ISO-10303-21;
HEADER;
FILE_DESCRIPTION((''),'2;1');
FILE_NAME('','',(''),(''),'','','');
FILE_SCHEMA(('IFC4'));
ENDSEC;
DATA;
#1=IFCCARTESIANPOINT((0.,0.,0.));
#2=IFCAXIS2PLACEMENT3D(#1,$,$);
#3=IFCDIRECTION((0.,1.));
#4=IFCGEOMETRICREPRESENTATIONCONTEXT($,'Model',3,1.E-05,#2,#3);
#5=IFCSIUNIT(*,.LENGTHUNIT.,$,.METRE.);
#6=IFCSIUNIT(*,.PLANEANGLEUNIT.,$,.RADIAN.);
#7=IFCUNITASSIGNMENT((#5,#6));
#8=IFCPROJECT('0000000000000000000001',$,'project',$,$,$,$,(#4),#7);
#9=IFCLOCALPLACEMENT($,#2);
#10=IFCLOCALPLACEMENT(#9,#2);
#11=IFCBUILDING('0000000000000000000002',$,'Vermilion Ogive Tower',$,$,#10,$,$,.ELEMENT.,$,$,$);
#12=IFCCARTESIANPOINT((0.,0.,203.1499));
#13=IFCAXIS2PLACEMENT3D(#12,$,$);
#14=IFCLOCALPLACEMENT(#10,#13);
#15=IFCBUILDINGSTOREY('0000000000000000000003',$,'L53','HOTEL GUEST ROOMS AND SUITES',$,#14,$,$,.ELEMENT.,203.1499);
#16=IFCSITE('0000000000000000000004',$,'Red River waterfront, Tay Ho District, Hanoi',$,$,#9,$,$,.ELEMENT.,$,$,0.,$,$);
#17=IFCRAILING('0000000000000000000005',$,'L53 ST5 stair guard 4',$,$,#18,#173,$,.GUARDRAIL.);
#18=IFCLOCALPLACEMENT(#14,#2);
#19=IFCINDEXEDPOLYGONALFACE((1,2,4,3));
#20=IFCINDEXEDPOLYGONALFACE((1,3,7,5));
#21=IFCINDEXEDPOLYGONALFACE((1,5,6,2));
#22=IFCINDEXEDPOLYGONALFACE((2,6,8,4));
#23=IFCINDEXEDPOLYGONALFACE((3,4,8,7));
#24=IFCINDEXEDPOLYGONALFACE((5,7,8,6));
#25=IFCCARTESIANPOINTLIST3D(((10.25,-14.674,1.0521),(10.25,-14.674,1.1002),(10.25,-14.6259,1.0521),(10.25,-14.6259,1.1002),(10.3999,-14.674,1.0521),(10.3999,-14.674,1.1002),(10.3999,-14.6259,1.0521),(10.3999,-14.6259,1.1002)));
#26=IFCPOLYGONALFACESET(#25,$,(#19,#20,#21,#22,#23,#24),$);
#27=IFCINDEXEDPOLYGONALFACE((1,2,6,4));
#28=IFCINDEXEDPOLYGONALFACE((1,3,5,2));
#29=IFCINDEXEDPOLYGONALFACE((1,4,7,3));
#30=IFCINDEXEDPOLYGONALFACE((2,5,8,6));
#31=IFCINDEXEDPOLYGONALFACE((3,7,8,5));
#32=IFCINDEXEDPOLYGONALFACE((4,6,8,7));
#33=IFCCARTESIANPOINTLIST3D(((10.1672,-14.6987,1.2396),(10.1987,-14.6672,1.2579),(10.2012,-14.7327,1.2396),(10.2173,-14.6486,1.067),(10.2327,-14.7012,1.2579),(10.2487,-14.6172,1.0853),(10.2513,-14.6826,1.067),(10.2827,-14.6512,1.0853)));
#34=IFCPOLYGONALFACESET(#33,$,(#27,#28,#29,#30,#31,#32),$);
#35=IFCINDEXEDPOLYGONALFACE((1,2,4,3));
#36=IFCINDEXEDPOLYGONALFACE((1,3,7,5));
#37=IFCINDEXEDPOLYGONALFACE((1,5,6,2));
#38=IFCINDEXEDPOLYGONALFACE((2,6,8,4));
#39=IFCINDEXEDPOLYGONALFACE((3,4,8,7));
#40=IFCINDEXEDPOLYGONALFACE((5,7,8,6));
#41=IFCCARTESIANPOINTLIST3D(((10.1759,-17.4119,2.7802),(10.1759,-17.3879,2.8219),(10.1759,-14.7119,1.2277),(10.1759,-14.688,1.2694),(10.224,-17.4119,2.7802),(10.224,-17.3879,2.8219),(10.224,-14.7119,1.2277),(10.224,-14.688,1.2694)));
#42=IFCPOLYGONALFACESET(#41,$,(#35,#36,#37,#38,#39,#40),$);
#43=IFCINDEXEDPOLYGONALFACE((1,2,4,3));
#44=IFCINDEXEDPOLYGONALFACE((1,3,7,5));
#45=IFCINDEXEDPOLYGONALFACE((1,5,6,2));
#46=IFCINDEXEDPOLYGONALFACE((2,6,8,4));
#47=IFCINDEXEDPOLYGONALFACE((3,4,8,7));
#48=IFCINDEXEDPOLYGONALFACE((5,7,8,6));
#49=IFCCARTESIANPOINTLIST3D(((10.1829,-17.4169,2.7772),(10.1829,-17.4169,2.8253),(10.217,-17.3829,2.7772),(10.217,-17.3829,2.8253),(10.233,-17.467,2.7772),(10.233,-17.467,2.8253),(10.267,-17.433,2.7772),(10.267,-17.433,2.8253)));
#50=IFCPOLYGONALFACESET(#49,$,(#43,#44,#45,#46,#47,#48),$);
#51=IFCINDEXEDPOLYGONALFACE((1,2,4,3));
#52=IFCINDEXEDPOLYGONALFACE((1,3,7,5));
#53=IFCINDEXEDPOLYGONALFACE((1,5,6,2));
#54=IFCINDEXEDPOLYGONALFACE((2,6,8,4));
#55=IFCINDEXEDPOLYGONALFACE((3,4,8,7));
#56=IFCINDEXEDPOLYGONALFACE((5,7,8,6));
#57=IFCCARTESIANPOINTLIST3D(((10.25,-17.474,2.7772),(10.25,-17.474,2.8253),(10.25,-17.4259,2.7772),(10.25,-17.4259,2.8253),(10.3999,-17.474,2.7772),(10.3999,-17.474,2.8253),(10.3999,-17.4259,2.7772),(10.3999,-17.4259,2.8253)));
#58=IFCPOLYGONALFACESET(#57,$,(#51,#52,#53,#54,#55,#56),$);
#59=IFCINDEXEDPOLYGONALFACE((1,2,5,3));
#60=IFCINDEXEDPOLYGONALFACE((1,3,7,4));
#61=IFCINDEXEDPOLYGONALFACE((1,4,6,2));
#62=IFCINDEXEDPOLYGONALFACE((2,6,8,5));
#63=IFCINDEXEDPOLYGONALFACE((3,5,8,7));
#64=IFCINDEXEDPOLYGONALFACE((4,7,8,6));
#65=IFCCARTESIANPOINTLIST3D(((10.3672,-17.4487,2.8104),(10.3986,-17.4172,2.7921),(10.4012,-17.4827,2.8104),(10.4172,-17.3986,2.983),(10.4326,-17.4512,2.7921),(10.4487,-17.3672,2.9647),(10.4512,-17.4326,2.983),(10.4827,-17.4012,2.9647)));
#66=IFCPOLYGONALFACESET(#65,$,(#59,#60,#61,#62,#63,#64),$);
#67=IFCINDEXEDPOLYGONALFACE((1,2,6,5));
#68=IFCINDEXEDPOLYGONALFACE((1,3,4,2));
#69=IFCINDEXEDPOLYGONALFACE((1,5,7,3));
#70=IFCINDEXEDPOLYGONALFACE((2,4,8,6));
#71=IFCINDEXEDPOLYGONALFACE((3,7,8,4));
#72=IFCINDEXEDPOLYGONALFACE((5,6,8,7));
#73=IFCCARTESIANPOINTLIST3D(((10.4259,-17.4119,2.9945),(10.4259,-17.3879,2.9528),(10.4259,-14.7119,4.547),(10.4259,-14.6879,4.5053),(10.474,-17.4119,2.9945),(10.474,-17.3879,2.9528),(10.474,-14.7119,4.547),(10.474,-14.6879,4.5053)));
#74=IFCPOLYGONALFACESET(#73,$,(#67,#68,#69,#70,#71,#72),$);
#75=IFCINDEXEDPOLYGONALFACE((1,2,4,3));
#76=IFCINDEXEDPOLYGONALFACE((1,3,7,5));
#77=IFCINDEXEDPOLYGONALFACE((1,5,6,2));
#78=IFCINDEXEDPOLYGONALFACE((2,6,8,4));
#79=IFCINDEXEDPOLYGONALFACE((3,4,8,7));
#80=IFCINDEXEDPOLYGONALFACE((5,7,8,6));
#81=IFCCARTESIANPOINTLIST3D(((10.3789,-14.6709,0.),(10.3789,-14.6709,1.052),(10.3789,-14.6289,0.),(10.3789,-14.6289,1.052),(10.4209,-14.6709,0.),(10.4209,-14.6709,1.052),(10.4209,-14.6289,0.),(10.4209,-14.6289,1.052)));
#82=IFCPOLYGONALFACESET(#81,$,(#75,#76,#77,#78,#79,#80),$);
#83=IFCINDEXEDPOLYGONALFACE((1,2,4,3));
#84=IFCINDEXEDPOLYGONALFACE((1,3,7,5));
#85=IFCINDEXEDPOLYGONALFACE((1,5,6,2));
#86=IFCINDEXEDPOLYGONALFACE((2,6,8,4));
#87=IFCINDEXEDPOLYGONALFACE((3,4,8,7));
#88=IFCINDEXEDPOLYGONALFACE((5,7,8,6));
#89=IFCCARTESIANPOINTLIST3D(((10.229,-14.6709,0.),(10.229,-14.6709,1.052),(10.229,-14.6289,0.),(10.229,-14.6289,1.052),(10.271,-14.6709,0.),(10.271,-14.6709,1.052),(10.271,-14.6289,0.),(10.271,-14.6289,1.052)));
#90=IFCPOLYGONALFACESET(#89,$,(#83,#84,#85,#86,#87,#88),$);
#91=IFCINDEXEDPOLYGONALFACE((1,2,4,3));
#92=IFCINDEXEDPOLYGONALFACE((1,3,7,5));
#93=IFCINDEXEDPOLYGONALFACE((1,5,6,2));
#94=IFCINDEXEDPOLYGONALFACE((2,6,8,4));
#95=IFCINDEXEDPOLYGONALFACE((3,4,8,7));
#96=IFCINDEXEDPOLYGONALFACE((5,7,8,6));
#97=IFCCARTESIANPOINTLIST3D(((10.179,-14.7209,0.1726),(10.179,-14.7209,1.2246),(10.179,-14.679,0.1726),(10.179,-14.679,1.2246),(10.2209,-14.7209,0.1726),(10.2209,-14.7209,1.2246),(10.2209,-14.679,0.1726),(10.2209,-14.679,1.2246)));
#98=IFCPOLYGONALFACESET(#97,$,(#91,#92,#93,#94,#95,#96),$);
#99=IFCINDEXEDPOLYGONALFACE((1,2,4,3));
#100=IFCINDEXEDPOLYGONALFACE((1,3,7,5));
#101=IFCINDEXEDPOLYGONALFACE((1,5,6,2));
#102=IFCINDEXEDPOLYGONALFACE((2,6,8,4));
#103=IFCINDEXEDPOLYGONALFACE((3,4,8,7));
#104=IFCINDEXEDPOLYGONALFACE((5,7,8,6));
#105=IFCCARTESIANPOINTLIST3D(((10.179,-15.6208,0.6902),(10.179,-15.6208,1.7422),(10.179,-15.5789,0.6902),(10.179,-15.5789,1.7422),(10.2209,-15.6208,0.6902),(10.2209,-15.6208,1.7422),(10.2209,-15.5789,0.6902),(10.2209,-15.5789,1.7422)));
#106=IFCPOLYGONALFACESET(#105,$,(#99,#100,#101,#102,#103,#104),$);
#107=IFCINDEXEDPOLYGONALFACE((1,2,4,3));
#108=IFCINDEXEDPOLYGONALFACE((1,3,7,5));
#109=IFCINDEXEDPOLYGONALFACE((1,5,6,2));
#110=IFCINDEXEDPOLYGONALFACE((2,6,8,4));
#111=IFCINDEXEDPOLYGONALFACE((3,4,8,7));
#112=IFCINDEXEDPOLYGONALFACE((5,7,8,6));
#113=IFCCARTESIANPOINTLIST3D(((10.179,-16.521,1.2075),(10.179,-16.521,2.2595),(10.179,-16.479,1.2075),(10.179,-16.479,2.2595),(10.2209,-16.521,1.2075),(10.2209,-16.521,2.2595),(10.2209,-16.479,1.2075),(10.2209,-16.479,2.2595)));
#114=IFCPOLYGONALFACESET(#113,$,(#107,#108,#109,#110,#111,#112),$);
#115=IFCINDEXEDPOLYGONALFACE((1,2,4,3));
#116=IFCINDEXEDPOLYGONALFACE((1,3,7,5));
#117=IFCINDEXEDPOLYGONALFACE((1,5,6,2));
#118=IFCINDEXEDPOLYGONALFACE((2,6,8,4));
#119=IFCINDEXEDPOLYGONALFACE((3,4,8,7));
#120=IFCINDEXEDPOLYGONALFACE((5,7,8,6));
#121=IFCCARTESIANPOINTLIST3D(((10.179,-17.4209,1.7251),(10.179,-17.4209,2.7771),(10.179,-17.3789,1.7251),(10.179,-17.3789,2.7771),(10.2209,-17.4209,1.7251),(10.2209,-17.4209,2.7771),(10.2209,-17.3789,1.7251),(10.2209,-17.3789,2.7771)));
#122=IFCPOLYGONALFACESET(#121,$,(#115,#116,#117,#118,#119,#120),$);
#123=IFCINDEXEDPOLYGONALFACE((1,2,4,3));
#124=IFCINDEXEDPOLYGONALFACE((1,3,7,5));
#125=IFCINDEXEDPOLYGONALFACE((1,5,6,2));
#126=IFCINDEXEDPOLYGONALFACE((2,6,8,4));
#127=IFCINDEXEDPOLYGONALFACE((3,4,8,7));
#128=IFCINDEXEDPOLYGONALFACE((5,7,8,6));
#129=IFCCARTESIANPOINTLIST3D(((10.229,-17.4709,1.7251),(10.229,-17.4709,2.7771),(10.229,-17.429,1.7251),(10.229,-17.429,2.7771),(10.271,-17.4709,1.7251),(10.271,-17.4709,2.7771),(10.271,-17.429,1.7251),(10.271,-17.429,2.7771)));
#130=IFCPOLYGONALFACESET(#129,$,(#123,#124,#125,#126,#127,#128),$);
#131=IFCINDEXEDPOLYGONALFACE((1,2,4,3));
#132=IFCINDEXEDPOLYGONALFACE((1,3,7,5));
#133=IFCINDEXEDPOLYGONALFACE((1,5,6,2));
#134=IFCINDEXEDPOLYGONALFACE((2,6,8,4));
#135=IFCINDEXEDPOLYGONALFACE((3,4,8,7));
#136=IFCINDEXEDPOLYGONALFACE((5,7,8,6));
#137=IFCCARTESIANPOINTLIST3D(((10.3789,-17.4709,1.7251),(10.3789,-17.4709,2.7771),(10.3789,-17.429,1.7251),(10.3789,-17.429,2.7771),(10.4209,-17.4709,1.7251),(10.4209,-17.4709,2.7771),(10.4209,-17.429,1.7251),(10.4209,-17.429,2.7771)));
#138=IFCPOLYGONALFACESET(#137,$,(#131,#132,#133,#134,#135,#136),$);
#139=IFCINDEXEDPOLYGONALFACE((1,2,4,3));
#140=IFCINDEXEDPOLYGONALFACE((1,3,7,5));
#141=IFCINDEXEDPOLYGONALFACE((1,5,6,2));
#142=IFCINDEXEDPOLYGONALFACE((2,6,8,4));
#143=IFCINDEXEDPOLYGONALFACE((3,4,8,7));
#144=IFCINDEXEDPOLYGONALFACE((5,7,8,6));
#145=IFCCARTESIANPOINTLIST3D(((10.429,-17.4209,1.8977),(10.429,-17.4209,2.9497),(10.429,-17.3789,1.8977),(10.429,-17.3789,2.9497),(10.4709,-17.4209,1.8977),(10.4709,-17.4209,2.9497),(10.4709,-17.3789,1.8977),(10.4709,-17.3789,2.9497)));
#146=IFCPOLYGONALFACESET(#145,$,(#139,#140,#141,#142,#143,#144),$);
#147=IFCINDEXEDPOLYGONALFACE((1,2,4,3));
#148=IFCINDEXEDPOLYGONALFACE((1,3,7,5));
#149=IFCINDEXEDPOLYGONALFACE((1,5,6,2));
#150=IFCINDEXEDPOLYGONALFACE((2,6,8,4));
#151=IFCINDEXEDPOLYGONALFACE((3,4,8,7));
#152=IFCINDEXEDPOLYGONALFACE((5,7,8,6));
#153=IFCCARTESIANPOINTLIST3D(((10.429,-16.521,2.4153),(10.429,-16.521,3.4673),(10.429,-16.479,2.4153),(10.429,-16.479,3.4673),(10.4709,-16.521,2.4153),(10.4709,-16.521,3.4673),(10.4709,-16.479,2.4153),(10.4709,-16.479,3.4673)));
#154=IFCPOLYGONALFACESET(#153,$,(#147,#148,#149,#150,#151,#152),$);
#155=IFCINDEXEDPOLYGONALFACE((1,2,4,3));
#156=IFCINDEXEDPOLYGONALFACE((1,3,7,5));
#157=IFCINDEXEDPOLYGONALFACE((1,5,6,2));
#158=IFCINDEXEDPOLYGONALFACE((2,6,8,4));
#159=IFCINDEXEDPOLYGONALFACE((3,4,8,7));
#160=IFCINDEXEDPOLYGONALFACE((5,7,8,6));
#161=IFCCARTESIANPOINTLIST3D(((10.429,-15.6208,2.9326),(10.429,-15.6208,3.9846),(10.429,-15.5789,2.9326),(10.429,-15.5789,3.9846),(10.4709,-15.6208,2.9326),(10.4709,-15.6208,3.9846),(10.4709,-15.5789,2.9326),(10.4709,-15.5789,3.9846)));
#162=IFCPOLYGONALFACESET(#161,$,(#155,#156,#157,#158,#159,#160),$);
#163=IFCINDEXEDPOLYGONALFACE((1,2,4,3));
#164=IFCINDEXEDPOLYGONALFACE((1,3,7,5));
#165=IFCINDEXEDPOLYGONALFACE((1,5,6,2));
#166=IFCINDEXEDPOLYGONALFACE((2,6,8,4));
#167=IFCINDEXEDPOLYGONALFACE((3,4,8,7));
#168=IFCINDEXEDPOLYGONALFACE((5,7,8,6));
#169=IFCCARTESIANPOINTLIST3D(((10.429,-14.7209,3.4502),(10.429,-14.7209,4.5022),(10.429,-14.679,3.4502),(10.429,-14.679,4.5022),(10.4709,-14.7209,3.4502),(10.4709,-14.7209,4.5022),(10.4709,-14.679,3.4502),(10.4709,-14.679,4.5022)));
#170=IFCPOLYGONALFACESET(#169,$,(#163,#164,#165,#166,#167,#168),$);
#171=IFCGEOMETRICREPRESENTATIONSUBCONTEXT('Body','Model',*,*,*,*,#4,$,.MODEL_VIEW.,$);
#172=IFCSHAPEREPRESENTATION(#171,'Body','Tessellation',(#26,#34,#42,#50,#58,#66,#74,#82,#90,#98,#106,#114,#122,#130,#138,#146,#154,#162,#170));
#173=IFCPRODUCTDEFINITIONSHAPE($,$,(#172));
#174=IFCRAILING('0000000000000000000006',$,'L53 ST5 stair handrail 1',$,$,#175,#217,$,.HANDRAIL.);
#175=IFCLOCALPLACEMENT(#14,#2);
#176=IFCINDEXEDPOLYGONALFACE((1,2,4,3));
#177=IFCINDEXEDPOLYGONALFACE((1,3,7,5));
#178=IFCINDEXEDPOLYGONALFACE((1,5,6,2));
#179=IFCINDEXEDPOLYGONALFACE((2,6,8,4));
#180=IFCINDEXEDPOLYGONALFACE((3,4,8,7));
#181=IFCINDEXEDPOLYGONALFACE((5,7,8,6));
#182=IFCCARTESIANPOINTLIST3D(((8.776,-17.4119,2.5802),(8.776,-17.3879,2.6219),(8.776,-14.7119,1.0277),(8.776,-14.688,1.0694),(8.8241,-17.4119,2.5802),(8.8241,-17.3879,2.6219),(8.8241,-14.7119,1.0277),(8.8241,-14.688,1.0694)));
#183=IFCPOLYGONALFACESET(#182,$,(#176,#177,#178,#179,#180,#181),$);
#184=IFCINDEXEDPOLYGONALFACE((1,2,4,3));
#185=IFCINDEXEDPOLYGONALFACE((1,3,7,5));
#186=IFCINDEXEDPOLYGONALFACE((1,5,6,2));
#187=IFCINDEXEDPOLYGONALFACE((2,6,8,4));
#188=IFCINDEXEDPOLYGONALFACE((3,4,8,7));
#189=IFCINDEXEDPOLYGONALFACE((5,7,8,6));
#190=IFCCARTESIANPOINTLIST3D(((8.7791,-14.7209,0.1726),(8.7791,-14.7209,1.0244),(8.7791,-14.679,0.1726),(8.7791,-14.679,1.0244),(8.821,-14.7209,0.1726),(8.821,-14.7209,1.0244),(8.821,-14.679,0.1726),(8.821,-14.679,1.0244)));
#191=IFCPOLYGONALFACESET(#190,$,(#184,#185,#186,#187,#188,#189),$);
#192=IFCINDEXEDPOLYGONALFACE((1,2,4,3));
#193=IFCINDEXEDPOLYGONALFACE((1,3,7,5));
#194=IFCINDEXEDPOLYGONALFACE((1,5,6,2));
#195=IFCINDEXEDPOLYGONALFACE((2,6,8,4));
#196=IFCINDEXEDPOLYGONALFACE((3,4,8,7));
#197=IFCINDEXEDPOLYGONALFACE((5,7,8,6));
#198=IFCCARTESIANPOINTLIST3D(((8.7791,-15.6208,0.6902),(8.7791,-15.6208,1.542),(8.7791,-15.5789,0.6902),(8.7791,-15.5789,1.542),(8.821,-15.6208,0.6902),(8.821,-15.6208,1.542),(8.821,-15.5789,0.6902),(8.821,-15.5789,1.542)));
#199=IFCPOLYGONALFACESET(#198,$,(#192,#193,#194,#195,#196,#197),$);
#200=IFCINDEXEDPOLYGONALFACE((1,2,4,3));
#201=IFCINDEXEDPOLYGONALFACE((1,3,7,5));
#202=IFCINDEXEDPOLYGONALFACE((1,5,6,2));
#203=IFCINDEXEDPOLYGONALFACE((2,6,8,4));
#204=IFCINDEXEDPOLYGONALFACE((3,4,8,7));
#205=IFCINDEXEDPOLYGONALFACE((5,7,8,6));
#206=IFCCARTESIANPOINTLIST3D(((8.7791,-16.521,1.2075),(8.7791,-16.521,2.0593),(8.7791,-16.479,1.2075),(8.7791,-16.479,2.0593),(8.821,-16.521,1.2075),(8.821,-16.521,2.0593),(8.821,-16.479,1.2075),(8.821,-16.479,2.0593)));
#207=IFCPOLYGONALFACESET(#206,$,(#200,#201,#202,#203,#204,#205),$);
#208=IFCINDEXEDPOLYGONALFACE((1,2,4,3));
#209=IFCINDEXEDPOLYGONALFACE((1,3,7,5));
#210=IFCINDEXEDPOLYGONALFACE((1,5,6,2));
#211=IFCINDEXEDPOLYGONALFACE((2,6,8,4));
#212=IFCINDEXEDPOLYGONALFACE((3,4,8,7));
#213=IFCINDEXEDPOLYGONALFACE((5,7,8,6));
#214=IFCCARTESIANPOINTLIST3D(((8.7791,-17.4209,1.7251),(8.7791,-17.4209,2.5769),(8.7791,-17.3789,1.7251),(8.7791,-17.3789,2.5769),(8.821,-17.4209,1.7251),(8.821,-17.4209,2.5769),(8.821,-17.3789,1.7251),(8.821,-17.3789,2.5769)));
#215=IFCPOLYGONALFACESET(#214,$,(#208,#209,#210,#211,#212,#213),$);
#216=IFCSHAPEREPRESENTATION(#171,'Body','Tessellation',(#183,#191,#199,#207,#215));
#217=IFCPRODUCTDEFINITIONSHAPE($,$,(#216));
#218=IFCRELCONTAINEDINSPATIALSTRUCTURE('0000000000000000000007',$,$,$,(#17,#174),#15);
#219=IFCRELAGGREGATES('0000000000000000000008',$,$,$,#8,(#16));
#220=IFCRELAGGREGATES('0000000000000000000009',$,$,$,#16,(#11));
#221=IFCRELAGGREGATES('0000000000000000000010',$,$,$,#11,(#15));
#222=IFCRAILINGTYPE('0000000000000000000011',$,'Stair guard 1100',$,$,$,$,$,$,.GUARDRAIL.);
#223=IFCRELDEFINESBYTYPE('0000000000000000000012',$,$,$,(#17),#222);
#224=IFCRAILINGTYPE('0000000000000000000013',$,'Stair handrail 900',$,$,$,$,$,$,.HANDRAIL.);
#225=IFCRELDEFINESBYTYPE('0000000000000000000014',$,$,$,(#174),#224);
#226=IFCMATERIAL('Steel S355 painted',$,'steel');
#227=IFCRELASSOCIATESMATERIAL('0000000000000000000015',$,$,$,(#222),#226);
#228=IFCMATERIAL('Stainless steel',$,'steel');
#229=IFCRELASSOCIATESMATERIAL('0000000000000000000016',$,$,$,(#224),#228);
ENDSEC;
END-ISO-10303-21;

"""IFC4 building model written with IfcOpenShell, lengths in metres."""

from ifc_helpers import new_model, si_unit, direction, frame, origin, origin_2d, place, context, subcontext, project, spatial, rectangle, extrude, material, type_object, element, save


model = new_model("IFC4")

# Units and contexts
model_context = context("Model", 3, precision=1e-05, world=origin(), true_north=direction((0.0, 1.0)))
body_context = subcontext(model_context, "Body", "Model", "MODEL_VIEW")
ifc_project = project(units=[si_unit("LENGTHUNIT", "METRE"), si_unit("PLANEANGLEUNIT", "RADIAN")], contexts=[model_context])

# Site, building, storey
site_placement = place(None, origin())
site = spatial("IfcSite", under=ifc_project, at=site_placement, Name="Red River waterfront, Tay Ho District, Hanoi", CompositionType="ELEMENT", RefElevation=0.0)
building_placement = place(site_placement, origin())
building = spatial("IfcBuilding", under=site, at=building_placement, Name="Vermilion Ogive Tower", CompositionType="ELEMENT")
storey_placement = place(building_placement, frame((0.0, 0.0, 203.1499)))
storey = spatial("IfcBuildingStorey", under=building, at=storey_placement, Name="L53", Description="HOTEL GUEST ROOMS AND SUITES", CompositionType="ELEMENT", Elevation=203.1499)

# Railings
ifc_material_1 = material(Name="Steel S355 painted", Category="steel")
railing_type_1 = type_object("IfcRailingType", Name="Stair guard 1100", PredefinedType="GUARDRAIL", material=ifc_material_1)
railing_1_placement = place(storey_placement, frame((10.3999, -14.6499, 0.0)))
element("IfcRailing", 1, at=railing_1_placement, inside=storey, type_object=railing_type_1, Name="L53 ST5 stair guard 4", PredefinedType="GUARDRAIL", context=body_context, shape_type="SweptSolid", body=[
    extrude(rectangle(XDim=0.0481, YDim=0.0481, at=origin_2d()), frame((0.0, 0.0, 1.0762), z_axis=(-1.0, 0.0, 0.0), x_axis=(0.0, -1.0, 0.0)), (0.0, 0.0, 1.0), 0.1499),
    extrude(rectangle(XDim=0.0481, YDim=0.0481, at=origin_2d()), frame((-0.1499, 0.0, 1.0762), z_axis=(-0.268278, -0.268278, 0.925232), x_axis=(0.707107, -0.707107, 0.0)), (0.0, 0.0, 1.0), 0.1865),
    extrude(rectangle(XDim=0.0481, YDim=0.0481, at=origin_2d()), frame((-0.2, -0.05, 1.2485), z_axis=(0.0, -0.866904, 0.498476), x_axis=(1.0, 0.0, 0.0)), (0.0, 0.0, 1.0), 3.1145),
    extrude(rectangle(XDim=0.0481, YDim=0.0481, at=origin_2d()), frame((-0.2, -2.75, 2.8013), z_axis=(0.707107, -0.707107, 0.0), x_axis=(0.707107, 0.707107, 0.0)), (0.0, 0.0, 1.0), 0.0708),
    extrude(rectangle(XDim=0.0481, YDim=0.0481, at=origin_2d()), frame((-0.1499, -2.8, 2.8013), z_axis=(1.0, 0.0, 0.0), x_axis=(0.0, 1.0, 0.0)), (0.0, 0.0, 1.0), 0.1499),
    extrude(rectangle(XDim=0.0481, YDim=0.0481, at=origin_2d()), frame((0.0, -2.8, 2.8013), z_axis=(0.268278, 0.268278, 0.925232), x_axis=(-0.707107, 0.707107, 0.0)), (0.0, 0.0, 1.0), 0.1865),
    extrude(rectangle(XDim=0.0481, YDim=0.0481, at=origin_2d()), frame((0.05, -2.75, 2.9736), z_axis=(0.0, 0.866904, 0.498476), x_axis=(-1.0, 0.0, 0.0)), (0.0, 0.0, 1.0), 3.1145),
    extrude(rectangle(XDim=0.042, YDim=0.042, at=origin_2d()), origin(), (0.0, 0.0, 1.0), 1.052),
    extrude(rectangle(XDim=0.042, YDim=0.042, at=origin_2d()), frame((-0.1499, 0.0, 0.0)), (0.0, 0.0, 1.0), 1.052),
    extrude(rectangle(XDim=0.042, YDim=0.042, at=origin_2d()), frame((-0.2, -0.05, 0.1726)), (0.0, 0.0, 1.0), 1.052),
    extrude(rectangle(XDim=0.042, YDim=0.042, at=origin_2d()), frame((-0.2, -0.95, 0.6902)), (0.0, 0.0, 1.0), 1.052),
    extrude(rectangle(XDim=0.042, YDim=0.042, at=origin_2d()), frame((-0.2, -1.8501, 1.2075)), (0.0, 0.0, 1.0), 1.052),
    extrude(rectangle(XDim=0.042, YDim=0.042, at=origin_2d()), frame((-0.2, -2.75, 1.7251)), (0.0, 0.0, 1.0), 1.052),
    extrude(rectangle(XDim=0.042, YDim=0.042, at=origin_2d()), frame((-0.1499, -2.8, 1.7251)), (0.0, 0.0, 1.0), 1.052),
    extrude(rectangle(XDim=0.042, YDim=0.042, at=origin_2d()), frame((0.0, -2.8, 1.7251)), (0.0, 0.0, 1.0), 1.052),
    extrude(rectangle(XDim=0.042, YDim=0.042, at=origin_2d()), frame((0.05, -2.75, 1.8977)), (0.0, 0.0, 1.0), 1.052),
    extrude(rectangle(XDim=0.042, YDim=0.042, at=origin_2d()), frame((0.05, -1.8501, 2.4153)), (0.0, 0.0, 1.0), 1.052),
    extrude(rectangle(XDim=0.042, YDim=0.042, at=origin_2d()), frame((0.05, -0.95, 2.9326)), (0.0, 0.0, 1.0), 1.052),
    extrude(rectangle(XDim=0.042, YDim=0.042, at=origin_2d()), frame((0.05, -0.05, 3.4502)), (0.0, 0.0, 1.0), 1.052),
])
ifc_material_2 = material(Name="Stainless steel", Category="steel")
railing_type_2 = type_object("IfcRailingType", Name="Stair handrail 900", PredefinedType="HANDRAIL", material=ifc_material_2)
railing_2_placement = place(storey_placement, frame((8.8, -14.7, 0.1726)))
element("IfcRailing", 2, at=railing_2_placement, inside=storey, type_object=railing_type_2, Name="L53 ST5 stair handrail 1", PredefinedType="HANDRAIL", context=body_context, shape_type="SweptSolid", body=[
    extrude(rectangle(XDim=0.0481, YDim=0.0481, at=origin_2d()), frame((0.0, 0.0, 0.876), z_axis=(0.0, -0.866904, 0.498476), x_axis=(1.0, 0.0, 0.0)), (0.0, 0.0, 1.0), 3.1145),
    extrude(rectangle(XDim=0.042, YDim=0.042, at=origin_2d()), origin(), (0.0, 0.0, 1.0), 0.8518),
    extrude(rectangle(XDim=0.042, YDim=0.042, at=origin_2d()), frame((0.0, -0.8999, 0.5176)), (0.0, 0.0, 1.0), 0.8518),
    extrude(rectangle(XDim=0.042, YDim=0.042, at=origin_2d()), frame((0.0, -1.8, 1.0349)), (0.0, 0.0, 1.0), 0.8518),
    extrude(rectangle(XDim=0.042, YDim=0.042, at=origin_2d()), frame((0.0, -2.7, 1.5525)), (0.0, 0.0, 1.0), 0.8518),
])

save(model, "model.ifc")
